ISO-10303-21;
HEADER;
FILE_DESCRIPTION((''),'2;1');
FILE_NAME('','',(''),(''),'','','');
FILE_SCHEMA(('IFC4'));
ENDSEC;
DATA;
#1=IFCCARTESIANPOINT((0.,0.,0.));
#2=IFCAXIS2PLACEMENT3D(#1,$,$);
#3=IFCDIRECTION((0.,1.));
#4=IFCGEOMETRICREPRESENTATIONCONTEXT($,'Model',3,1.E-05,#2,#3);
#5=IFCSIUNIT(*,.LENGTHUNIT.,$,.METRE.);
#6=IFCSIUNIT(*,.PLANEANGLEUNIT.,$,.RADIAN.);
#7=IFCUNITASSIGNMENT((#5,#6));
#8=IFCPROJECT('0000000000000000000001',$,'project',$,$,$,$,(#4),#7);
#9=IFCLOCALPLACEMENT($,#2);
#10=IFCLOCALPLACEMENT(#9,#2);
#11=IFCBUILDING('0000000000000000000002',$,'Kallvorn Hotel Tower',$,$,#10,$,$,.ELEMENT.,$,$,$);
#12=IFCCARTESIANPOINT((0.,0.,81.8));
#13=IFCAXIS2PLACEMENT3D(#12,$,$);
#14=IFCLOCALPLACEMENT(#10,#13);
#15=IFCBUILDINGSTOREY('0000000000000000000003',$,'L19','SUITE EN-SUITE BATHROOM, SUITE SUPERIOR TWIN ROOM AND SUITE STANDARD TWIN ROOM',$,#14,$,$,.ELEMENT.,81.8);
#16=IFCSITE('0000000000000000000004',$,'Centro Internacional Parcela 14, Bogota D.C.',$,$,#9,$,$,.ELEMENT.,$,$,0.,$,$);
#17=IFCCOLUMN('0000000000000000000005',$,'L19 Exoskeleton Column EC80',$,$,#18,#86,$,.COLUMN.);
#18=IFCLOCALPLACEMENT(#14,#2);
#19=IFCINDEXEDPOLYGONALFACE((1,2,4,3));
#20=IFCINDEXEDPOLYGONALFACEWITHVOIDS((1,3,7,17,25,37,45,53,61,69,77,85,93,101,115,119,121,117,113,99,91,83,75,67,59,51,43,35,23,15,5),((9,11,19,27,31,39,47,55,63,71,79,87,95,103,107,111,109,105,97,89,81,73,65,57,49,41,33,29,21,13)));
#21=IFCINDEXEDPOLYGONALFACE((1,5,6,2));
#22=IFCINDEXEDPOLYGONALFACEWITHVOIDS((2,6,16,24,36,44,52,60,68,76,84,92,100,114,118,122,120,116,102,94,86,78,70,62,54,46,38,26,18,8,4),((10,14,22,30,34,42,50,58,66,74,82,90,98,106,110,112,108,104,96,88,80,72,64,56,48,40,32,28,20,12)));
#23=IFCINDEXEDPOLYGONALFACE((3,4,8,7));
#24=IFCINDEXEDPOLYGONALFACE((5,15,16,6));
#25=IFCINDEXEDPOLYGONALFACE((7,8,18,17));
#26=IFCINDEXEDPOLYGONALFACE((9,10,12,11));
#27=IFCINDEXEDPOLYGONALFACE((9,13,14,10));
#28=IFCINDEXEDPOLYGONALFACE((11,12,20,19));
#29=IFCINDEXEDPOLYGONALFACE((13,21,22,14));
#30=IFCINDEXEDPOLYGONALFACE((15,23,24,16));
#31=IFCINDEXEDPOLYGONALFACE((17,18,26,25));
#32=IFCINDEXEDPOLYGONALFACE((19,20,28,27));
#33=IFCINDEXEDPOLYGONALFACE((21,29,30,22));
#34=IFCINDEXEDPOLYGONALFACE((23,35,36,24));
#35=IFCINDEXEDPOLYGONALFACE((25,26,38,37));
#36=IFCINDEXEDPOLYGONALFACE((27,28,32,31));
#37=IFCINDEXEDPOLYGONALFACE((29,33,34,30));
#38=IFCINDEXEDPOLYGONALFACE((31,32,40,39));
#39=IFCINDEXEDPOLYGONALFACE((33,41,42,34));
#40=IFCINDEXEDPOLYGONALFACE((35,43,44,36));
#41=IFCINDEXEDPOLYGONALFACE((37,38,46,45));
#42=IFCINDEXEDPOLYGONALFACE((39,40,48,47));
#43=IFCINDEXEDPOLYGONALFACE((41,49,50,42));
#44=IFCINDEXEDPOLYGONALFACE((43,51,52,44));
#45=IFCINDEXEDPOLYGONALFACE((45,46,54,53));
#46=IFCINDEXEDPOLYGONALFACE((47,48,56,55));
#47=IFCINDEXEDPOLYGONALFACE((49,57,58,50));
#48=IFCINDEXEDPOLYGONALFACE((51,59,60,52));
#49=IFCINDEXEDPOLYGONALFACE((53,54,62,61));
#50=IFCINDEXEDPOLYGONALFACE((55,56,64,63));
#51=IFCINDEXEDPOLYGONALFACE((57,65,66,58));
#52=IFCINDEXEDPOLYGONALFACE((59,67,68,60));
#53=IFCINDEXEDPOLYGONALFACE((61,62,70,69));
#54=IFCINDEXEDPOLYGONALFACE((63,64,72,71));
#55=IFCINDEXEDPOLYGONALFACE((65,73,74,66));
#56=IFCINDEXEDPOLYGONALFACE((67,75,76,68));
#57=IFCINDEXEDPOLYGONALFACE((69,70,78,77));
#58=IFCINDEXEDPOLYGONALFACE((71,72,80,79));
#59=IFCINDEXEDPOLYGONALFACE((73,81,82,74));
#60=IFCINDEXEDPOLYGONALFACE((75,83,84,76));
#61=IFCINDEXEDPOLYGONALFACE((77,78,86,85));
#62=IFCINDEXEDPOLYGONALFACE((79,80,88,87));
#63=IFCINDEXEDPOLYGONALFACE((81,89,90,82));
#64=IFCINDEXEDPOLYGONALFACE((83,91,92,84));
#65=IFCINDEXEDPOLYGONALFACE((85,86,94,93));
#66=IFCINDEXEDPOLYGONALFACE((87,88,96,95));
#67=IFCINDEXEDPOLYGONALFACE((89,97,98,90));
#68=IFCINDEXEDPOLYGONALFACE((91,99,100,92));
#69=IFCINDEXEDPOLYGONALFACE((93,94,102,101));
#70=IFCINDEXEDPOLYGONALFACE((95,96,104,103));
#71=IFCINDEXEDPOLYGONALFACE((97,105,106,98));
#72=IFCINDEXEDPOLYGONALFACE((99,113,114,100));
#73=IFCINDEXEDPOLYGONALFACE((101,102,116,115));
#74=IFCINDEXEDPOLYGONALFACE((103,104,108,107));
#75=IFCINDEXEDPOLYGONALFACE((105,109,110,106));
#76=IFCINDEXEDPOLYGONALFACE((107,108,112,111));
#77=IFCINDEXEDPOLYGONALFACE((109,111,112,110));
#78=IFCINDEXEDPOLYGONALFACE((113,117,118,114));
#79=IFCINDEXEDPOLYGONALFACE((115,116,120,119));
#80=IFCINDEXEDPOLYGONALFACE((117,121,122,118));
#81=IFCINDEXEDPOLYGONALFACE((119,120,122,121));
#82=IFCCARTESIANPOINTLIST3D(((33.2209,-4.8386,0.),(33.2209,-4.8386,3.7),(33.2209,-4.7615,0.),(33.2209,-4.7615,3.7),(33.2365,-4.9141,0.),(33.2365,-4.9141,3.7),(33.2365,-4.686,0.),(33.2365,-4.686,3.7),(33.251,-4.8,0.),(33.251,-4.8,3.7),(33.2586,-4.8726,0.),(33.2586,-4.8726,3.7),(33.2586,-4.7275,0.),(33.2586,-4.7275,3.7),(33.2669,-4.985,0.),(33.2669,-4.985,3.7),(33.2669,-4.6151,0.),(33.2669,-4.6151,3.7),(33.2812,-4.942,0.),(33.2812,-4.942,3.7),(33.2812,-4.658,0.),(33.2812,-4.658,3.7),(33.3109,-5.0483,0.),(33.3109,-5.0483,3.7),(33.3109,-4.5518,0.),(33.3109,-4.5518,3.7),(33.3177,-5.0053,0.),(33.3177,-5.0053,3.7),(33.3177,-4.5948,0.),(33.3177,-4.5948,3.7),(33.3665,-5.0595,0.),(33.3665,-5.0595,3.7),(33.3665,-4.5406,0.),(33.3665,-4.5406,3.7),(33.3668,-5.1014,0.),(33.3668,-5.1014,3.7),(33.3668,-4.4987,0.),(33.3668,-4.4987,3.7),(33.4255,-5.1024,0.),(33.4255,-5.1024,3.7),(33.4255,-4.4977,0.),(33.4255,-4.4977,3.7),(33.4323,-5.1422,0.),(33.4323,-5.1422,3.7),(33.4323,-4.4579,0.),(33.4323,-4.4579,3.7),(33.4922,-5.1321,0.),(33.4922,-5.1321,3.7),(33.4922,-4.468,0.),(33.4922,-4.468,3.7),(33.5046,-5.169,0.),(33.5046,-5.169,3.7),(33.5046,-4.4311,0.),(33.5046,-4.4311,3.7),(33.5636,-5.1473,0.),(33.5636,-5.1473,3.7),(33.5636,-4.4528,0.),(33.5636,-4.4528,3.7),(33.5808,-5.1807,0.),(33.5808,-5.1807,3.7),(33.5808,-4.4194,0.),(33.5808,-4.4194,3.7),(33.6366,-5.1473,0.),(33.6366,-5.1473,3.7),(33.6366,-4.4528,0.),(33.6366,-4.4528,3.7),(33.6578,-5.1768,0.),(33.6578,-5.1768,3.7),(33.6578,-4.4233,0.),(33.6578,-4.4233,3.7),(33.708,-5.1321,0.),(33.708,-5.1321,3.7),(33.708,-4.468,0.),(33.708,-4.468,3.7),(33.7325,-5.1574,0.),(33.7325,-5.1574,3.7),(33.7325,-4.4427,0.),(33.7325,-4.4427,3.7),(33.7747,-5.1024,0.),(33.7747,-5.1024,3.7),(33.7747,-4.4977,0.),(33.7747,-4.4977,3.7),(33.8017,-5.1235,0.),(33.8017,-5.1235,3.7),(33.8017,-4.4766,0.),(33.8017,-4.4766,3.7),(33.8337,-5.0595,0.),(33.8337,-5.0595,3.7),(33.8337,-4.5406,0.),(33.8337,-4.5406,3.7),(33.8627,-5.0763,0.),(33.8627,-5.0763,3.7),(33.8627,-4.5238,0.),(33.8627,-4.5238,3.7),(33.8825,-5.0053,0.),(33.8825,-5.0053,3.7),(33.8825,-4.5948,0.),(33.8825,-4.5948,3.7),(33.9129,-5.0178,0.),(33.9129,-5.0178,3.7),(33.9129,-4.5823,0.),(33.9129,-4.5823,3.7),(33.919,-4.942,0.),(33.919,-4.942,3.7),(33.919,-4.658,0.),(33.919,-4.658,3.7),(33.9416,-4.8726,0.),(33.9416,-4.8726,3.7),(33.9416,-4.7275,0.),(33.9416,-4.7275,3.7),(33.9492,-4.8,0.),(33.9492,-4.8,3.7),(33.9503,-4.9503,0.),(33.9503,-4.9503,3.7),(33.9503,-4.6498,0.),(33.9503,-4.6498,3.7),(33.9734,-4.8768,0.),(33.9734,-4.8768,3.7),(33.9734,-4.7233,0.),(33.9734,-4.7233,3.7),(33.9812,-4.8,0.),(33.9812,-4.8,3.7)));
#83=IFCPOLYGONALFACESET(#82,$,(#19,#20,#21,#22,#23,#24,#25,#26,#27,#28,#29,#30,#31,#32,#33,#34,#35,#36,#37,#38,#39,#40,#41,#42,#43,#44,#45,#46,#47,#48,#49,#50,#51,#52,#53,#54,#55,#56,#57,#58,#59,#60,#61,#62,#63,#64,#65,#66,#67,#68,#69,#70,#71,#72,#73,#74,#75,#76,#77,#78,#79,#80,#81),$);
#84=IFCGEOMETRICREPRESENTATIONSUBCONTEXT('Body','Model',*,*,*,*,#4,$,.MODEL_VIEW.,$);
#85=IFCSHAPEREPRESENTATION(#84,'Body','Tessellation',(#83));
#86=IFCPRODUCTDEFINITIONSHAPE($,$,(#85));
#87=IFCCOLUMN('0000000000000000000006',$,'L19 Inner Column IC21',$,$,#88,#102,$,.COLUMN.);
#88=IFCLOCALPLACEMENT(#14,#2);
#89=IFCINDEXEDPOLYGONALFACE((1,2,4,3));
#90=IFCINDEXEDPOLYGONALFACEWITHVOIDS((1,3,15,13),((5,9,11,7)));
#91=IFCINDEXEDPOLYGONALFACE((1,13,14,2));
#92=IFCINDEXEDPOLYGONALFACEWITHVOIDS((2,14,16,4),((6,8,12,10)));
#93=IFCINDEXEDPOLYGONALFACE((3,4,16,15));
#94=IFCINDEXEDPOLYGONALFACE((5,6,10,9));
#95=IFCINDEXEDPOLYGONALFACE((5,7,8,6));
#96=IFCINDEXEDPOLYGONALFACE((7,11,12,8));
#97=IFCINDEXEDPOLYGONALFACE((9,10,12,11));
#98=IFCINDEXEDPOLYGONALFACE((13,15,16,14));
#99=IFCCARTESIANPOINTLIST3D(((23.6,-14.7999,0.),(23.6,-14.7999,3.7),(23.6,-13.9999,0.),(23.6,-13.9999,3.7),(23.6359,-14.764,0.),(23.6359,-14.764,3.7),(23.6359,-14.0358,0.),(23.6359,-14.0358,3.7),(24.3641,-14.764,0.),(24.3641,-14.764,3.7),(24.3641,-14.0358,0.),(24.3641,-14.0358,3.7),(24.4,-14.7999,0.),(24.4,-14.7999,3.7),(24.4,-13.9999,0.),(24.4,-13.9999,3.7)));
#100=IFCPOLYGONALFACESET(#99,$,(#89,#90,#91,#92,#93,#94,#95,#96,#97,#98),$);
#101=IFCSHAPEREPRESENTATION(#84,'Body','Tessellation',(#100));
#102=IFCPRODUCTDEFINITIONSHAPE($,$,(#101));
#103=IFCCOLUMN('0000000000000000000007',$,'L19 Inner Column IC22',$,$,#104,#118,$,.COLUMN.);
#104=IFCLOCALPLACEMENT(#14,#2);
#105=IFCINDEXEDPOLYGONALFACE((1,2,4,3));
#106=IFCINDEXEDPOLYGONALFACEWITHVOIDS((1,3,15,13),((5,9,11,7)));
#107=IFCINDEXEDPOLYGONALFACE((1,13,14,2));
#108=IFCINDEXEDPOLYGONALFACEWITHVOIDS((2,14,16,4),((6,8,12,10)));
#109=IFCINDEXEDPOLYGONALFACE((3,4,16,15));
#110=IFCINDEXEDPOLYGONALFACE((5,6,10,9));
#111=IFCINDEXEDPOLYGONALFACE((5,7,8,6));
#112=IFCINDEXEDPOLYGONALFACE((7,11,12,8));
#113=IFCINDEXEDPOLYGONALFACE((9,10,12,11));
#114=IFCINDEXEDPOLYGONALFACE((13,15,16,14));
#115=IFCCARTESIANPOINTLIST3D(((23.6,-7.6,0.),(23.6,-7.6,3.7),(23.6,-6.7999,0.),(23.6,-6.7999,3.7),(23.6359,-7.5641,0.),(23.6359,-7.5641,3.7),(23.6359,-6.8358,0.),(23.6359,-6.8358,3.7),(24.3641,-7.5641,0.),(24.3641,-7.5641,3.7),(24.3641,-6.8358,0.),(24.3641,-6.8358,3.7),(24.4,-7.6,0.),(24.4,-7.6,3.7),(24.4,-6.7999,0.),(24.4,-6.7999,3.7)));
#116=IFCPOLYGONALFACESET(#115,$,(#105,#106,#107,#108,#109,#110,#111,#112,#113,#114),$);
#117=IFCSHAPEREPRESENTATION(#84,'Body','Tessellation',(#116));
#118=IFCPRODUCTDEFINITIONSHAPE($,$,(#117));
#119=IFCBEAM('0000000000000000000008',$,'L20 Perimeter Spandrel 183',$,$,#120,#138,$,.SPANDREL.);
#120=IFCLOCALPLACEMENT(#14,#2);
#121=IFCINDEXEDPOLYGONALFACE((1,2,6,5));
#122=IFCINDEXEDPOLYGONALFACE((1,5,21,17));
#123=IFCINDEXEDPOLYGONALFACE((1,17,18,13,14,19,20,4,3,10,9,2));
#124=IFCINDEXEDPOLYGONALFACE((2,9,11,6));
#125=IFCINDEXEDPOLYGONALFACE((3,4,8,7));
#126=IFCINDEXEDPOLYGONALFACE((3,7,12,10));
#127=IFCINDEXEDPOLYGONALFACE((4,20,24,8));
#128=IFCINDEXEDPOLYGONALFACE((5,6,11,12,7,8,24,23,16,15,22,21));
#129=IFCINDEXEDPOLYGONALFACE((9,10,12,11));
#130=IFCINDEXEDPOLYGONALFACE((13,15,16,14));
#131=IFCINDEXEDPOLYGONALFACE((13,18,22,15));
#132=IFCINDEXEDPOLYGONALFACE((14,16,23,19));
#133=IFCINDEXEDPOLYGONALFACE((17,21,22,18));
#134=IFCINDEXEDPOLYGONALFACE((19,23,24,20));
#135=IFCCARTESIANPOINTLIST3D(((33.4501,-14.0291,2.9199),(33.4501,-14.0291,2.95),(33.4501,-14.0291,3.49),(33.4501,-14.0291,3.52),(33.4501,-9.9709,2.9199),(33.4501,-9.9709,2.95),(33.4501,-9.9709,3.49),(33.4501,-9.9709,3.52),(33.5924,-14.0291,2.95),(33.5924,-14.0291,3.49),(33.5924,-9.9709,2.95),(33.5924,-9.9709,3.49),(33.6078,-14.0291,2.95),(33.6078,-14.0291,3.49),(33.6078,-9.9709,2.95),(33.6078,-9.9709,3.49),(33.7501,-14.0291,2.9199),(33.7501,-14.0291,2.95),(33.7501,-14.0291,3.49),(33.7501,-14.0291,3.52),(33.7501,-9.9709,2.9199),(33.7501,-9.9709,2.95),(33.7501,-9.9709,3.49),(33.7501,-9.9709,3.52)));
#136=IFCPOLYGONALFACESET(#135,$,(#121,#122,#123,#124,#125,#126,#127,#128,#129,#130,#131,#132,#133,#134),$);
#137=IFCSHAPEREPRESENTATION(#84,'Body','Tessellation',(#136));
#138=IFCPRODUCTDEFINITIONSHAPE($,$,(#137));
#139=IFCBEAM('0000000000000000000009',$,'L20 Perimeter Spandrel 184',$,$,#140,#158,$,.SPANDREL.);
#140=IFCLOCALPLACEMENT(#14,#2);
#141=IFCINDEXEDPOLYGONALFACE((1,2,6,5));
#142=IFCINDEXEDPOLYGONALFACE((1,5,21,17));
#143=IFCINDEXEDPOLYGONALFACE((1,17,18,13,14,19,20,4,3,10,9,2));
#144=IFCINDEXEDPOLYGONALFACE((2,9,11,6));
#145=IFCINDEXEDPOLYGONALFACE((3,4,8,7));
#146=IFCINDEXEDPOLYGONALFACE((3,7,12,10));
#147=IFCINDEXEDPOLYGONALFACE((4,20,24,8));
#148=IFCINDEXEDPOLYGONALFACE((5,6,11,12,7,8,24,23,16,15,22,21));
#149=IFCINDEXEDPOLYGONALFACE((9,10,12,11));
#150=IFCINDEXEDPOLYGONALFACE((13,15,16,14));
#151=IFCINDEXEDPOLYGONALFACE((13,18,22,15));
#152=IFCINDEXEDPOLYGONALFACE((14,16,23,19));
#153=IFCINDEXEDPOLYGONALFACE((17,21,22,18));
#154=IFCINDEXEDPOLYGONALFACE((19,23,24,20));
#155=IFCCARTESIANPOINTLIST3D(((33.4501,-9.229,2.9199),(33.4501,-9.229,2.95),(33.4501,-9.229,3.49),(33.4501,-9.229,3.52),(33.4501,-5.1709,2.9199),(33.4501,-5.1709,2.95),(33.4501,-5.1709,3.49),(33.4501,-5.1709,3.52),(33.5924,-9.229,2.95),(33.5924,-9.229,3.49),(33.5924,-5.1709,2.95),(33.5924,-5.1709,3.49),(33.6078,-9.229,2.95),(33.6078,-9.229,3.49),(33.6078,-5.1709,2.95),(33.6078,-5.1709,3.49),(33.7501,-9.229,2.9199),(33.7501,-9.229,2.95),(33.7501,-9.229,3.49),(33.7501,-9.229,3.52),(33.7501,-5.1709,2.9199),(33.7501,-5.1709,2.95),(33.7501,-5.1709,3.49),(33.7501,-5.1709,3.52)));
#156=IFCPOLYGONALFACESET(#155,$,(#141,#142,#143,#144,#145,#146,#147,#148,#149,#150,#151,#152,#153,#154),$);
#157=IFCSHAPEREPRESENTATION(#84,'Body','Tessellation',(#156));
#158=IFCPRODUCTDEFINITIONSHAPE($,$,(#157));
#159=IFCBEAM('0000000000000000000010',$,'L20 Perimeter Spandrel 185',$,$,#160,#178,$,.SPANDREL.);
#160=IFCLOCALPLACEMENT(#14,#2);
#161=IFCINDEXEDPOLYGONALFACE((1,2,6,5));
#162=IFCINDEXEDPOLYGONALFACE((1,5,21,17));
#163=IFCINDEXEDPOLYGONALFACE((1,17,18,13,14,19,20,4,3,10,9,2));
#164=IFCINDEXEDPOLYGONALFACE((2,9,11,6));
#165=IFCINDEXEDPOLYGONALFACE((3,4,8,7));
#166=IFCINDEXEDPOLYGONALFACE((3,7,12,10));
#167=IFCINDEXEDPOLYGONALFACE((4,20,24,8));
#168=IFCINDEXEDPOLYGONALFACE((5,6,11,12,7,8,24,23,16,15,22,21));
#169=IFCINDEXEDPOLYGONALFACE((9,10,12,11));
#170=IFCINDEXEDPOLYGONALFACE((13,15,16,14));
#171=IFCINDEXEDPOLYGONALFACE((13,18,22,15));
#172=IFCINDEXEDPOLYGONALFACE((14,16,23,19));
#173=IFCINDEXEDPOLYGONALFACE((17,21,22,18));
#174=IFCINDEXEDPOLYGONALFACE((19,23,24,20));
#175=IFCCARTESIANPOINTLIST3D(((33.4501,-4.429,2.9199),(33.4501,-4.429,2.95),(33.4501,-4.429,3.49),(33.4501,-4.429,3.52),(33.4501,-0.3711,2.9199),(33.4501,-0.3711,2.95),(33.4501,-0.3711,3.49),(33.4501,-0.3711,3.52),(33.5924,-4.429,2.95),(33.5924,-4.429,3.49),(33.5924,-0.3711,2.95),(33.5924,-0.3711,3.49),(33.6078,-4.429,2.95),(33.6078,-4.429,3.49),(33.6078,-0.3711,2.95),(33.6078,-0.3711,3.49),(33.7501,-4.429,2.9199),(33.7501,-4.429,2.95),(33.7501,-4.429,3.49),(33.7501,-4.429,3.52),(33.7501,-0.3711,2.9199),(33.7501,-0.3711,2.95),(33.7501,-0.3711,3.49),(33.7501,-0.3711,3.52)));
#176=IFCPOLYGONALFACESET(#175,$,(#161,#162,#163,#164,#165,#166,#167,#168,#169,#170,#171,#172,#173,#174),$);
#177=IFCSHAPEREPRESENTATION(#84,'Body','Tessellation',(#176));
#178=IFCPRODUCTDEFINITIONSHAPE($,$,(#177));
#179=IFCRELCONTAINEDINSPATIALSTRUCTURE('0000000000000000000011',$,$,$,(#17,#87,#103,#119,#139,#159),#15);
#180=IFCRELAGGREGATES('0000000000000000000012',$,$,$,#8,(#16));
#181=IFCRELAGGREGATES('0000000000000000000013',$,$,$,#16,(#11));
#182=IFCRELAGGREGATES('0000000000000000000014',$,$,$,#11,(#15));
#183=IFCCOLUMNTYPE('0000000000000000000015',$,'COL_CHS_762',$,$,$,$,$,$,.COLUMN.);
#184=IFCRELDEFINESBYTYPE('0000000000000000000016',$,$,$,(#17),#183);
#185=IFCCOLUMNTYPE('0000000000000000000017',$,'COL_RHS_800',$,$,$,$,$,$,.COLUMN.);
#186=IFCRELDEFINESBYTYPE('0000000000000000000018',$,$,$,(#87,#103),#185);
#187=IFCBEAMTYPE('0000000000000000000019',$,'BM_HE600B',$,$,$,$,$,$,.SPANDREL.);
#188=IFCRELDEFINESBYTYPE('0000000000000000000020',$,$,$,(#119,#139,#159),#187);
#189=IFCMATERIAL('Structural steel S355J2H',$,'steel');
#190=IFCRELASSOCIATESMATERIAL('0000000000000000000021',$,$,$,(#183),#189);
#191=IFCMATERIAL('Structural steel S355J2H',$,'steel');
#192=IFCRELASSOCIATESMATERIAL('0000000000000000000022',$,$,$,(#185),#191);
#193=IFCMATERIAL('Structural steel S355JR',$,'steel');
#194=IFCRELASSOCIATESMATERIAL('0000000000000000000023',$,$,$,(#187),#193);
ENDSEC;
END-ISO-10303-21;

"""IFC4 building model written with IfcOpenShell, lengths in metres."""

from ifc_helpers import new_model, si_unit, direction, frame, origin, origin_2d, place, context, subcontext, project, spatial, hollow_rectangle, hollow_circle, i_section, extrude, material, material_profile, profile_set, type_object, element, save


model = new_model("IFC4")

# Units and contexts
model_context = context("Model", 3, precision=1e-05, world=origin(), true_north=direction((0.0, 1.0)))
body_context = subcontext(model_context, "Body", "Model", "MODEL_VIEW")
ifc_project = project(units=[si_unit("LENGTHUNIT", "METRE"), si_unit("PLANEANGLEUNIT", "RADIAN")], contexts=[model_context])

# Site, building, storey
site_placement = place(None, origin())
site = spatial("IfcSite", under=ifc_project, at=site_placement, Name="Centro Internacional Parcela 14, Bogota D.C.", CompositionType="ELEMENT", RefElevation=0.0)
building_placement = place(site_placement, origin())
building = spatial("IfcBuilding", under=site, at=building_placement, Name="Kallvorn Hotel Tower", CompositionType="ELEMENT")
storey_placement = place(building_placement, frame((0.0, 0.0, 81.8)))
storey = spatial("IfcBuildingStorey", under=building, at=storey_placement, Name="L19", Description="SUITE EN-SUITE BATHROOM, SUITE SUPERIOR TWIN ROOM AND SUITE STANDARD TWIN ROOM", CompositionType="ELEMENT", Elevation=81.8)

# Columns
ifc_material_1 = material(Name="Structural steel S355J2H", Category="steel")
ifc_material_profile_1 = material_profile(ifc_material_1, hollow_circle(Radius=0.3811, WallThickness=0.032, at=origin_2d()), Name="CHS 762x32")
ifc_profile_set_1 = profile_set([ifc_material_profile_1], Name="Structural steel S355J2H")
column_type_1 = type_object("IfcColumnType", Name="COL_CHS_762", PredefinedType="COLUMN", material=ifc_profile_set_1)
for number, where, z_axis, x_axis, name in (
    (1, (33.6001, -4.8, 0.0), (0.0, 0.0, 1.0), (1.0, 0.0, 0.0), "L19 Exoskeleton Column EC80"),
):
    element("IfcColumn", number, at=place(storey_placement, frame(where, z_axis=z_axis, x_axis=x_axis)), inside=storey, type_object=column_type_1, Name=name, PredefinedType="COLUMN", context=body_context, shape_type="SweptSolid", body=[
        extrude(hollow_circle(Radius=0.3811, WallThickness=0.032, at=origin_2d()), origin(), (0.0, 0.0, 1.0), 3.7),
    ])
ifc_material_2 = material(Name="Structural steel S355J2H", Category="steel")
ifc_material_profile_2 = material_profile(ifc_material_2, hollow_rectangle(XDim=0.8, YDim=0.8, WallThickness=0.0359, at=origin_2d()), Name="RHS 800x800x36")
ifc_profile_set_2 = profile_set([ifc_material_profile_2], Name="Structural steel S355J2H")
column_type_2 = type_object("IfcColumnType", Name="COL_RHS_800", PredefinedType="COLUMN", material=ifc_profile_set_2)
for number, where, z_axis, x_axis, name in (
    (2, (24.0, -14.3999, 0.0), (0.0, 0.0, 1.0), (1.0, 0.0, 0.0), "L19 Inner Column IC21"),
    (3, (24.0, -7.2, 0.0), (0.0, 0.0, 1.0), (1.0, 0.0, 0.0), "L19 Inner Column IC22"),
):
    element("IfcColumn", number, at=place(storey_placement, frame(where, z_axis=z_axis, x_axis=x_axis)), inside=storey, type_object=column_type_2, Name=name, PredefinedType="COLUMN", context=body_context, shape_type="SweptSolid", body=[
        extrude(hollow_rectangle(XDim=0.8, YDim=0.8, WallThickness=0.0359, at=origin_2d()), origin(), (0.0, 0.0, 1.0), 3.7),
    ])

# Beams
ifc_material_3 = material(Name="Structural steel S355JR", Category="steel")
ifc_material_profile_3 = material_profile(ifc_material_3, i_section(OverallWidth=0.3, OverallDepth=0.6001, WebThickness=0.0154, FlangeThickness=0.03, at=origin_2d()), Name="HE 600 B")
ifc_profile_set_3 = profile_set([ifc_material_profile_3], Name="Structural steel S355JR")
beam_type_1 = type_object("IfcBeamType", Name="BM_HE600B", PredefinedType="SPANDREL", material=ifc_profile_set_3)
for number, where, z_axis, x_axis, name in (
    (4, (33.6001, -14.0291, 3.22), (0.0, 1.0, 0.0), (-1.0, 0.0, 0.0), "L20 Perimeter Spandrel 183"),
    (5, (33.6001, -9.229, 3.22), (0.0, 1.0, 0.0), (-1.0, 0.0, 0.0), "L20 Perimeter Spandrel 184"),
):
    element("IfcBeam", number, at=place(storey_placement, frame(where, z_axis=z_axis, x_axis=x_axis)), inside=storey, type_object=beam_type_1, Name=name, PredefinedType="SPANDREL", context=body_context, shape_type="SweptSolid", body=[
        extrude(i_section(OverallWidth=0.3, OverallDepth=0.6001, WebThickness=0.0154, FlangeThickness=0.03, at=origin_2d()), origin(), (0.0, 0.0, 1.0), 4.0581),
    ])
beam_1_placement = place(storey_placement, frame((33.6001, -4.429, 3.22), z_axis=(0.0, 1.0, 0.0), x_axis=(-1.0, 0.0, 0.0)))
element("IfcBeam", 6, at=beam_1_placement, inside=storey, type_object=beam_type_1, Name="L20 Perimeter Spandrel 185", PredefinedType="SPANDREL", context=body_context, shape_type="SweptSolid", body=[
    extrude(i_section(OverallWidth=0.3, OverallDepth=0.6001, WebThickness=0.0154, FlangeThickness=0.03, at=origin_2d()), origin(), (0.0, 0.0, 1.0), 4.0579),
])

save(model, "model.ifc")
